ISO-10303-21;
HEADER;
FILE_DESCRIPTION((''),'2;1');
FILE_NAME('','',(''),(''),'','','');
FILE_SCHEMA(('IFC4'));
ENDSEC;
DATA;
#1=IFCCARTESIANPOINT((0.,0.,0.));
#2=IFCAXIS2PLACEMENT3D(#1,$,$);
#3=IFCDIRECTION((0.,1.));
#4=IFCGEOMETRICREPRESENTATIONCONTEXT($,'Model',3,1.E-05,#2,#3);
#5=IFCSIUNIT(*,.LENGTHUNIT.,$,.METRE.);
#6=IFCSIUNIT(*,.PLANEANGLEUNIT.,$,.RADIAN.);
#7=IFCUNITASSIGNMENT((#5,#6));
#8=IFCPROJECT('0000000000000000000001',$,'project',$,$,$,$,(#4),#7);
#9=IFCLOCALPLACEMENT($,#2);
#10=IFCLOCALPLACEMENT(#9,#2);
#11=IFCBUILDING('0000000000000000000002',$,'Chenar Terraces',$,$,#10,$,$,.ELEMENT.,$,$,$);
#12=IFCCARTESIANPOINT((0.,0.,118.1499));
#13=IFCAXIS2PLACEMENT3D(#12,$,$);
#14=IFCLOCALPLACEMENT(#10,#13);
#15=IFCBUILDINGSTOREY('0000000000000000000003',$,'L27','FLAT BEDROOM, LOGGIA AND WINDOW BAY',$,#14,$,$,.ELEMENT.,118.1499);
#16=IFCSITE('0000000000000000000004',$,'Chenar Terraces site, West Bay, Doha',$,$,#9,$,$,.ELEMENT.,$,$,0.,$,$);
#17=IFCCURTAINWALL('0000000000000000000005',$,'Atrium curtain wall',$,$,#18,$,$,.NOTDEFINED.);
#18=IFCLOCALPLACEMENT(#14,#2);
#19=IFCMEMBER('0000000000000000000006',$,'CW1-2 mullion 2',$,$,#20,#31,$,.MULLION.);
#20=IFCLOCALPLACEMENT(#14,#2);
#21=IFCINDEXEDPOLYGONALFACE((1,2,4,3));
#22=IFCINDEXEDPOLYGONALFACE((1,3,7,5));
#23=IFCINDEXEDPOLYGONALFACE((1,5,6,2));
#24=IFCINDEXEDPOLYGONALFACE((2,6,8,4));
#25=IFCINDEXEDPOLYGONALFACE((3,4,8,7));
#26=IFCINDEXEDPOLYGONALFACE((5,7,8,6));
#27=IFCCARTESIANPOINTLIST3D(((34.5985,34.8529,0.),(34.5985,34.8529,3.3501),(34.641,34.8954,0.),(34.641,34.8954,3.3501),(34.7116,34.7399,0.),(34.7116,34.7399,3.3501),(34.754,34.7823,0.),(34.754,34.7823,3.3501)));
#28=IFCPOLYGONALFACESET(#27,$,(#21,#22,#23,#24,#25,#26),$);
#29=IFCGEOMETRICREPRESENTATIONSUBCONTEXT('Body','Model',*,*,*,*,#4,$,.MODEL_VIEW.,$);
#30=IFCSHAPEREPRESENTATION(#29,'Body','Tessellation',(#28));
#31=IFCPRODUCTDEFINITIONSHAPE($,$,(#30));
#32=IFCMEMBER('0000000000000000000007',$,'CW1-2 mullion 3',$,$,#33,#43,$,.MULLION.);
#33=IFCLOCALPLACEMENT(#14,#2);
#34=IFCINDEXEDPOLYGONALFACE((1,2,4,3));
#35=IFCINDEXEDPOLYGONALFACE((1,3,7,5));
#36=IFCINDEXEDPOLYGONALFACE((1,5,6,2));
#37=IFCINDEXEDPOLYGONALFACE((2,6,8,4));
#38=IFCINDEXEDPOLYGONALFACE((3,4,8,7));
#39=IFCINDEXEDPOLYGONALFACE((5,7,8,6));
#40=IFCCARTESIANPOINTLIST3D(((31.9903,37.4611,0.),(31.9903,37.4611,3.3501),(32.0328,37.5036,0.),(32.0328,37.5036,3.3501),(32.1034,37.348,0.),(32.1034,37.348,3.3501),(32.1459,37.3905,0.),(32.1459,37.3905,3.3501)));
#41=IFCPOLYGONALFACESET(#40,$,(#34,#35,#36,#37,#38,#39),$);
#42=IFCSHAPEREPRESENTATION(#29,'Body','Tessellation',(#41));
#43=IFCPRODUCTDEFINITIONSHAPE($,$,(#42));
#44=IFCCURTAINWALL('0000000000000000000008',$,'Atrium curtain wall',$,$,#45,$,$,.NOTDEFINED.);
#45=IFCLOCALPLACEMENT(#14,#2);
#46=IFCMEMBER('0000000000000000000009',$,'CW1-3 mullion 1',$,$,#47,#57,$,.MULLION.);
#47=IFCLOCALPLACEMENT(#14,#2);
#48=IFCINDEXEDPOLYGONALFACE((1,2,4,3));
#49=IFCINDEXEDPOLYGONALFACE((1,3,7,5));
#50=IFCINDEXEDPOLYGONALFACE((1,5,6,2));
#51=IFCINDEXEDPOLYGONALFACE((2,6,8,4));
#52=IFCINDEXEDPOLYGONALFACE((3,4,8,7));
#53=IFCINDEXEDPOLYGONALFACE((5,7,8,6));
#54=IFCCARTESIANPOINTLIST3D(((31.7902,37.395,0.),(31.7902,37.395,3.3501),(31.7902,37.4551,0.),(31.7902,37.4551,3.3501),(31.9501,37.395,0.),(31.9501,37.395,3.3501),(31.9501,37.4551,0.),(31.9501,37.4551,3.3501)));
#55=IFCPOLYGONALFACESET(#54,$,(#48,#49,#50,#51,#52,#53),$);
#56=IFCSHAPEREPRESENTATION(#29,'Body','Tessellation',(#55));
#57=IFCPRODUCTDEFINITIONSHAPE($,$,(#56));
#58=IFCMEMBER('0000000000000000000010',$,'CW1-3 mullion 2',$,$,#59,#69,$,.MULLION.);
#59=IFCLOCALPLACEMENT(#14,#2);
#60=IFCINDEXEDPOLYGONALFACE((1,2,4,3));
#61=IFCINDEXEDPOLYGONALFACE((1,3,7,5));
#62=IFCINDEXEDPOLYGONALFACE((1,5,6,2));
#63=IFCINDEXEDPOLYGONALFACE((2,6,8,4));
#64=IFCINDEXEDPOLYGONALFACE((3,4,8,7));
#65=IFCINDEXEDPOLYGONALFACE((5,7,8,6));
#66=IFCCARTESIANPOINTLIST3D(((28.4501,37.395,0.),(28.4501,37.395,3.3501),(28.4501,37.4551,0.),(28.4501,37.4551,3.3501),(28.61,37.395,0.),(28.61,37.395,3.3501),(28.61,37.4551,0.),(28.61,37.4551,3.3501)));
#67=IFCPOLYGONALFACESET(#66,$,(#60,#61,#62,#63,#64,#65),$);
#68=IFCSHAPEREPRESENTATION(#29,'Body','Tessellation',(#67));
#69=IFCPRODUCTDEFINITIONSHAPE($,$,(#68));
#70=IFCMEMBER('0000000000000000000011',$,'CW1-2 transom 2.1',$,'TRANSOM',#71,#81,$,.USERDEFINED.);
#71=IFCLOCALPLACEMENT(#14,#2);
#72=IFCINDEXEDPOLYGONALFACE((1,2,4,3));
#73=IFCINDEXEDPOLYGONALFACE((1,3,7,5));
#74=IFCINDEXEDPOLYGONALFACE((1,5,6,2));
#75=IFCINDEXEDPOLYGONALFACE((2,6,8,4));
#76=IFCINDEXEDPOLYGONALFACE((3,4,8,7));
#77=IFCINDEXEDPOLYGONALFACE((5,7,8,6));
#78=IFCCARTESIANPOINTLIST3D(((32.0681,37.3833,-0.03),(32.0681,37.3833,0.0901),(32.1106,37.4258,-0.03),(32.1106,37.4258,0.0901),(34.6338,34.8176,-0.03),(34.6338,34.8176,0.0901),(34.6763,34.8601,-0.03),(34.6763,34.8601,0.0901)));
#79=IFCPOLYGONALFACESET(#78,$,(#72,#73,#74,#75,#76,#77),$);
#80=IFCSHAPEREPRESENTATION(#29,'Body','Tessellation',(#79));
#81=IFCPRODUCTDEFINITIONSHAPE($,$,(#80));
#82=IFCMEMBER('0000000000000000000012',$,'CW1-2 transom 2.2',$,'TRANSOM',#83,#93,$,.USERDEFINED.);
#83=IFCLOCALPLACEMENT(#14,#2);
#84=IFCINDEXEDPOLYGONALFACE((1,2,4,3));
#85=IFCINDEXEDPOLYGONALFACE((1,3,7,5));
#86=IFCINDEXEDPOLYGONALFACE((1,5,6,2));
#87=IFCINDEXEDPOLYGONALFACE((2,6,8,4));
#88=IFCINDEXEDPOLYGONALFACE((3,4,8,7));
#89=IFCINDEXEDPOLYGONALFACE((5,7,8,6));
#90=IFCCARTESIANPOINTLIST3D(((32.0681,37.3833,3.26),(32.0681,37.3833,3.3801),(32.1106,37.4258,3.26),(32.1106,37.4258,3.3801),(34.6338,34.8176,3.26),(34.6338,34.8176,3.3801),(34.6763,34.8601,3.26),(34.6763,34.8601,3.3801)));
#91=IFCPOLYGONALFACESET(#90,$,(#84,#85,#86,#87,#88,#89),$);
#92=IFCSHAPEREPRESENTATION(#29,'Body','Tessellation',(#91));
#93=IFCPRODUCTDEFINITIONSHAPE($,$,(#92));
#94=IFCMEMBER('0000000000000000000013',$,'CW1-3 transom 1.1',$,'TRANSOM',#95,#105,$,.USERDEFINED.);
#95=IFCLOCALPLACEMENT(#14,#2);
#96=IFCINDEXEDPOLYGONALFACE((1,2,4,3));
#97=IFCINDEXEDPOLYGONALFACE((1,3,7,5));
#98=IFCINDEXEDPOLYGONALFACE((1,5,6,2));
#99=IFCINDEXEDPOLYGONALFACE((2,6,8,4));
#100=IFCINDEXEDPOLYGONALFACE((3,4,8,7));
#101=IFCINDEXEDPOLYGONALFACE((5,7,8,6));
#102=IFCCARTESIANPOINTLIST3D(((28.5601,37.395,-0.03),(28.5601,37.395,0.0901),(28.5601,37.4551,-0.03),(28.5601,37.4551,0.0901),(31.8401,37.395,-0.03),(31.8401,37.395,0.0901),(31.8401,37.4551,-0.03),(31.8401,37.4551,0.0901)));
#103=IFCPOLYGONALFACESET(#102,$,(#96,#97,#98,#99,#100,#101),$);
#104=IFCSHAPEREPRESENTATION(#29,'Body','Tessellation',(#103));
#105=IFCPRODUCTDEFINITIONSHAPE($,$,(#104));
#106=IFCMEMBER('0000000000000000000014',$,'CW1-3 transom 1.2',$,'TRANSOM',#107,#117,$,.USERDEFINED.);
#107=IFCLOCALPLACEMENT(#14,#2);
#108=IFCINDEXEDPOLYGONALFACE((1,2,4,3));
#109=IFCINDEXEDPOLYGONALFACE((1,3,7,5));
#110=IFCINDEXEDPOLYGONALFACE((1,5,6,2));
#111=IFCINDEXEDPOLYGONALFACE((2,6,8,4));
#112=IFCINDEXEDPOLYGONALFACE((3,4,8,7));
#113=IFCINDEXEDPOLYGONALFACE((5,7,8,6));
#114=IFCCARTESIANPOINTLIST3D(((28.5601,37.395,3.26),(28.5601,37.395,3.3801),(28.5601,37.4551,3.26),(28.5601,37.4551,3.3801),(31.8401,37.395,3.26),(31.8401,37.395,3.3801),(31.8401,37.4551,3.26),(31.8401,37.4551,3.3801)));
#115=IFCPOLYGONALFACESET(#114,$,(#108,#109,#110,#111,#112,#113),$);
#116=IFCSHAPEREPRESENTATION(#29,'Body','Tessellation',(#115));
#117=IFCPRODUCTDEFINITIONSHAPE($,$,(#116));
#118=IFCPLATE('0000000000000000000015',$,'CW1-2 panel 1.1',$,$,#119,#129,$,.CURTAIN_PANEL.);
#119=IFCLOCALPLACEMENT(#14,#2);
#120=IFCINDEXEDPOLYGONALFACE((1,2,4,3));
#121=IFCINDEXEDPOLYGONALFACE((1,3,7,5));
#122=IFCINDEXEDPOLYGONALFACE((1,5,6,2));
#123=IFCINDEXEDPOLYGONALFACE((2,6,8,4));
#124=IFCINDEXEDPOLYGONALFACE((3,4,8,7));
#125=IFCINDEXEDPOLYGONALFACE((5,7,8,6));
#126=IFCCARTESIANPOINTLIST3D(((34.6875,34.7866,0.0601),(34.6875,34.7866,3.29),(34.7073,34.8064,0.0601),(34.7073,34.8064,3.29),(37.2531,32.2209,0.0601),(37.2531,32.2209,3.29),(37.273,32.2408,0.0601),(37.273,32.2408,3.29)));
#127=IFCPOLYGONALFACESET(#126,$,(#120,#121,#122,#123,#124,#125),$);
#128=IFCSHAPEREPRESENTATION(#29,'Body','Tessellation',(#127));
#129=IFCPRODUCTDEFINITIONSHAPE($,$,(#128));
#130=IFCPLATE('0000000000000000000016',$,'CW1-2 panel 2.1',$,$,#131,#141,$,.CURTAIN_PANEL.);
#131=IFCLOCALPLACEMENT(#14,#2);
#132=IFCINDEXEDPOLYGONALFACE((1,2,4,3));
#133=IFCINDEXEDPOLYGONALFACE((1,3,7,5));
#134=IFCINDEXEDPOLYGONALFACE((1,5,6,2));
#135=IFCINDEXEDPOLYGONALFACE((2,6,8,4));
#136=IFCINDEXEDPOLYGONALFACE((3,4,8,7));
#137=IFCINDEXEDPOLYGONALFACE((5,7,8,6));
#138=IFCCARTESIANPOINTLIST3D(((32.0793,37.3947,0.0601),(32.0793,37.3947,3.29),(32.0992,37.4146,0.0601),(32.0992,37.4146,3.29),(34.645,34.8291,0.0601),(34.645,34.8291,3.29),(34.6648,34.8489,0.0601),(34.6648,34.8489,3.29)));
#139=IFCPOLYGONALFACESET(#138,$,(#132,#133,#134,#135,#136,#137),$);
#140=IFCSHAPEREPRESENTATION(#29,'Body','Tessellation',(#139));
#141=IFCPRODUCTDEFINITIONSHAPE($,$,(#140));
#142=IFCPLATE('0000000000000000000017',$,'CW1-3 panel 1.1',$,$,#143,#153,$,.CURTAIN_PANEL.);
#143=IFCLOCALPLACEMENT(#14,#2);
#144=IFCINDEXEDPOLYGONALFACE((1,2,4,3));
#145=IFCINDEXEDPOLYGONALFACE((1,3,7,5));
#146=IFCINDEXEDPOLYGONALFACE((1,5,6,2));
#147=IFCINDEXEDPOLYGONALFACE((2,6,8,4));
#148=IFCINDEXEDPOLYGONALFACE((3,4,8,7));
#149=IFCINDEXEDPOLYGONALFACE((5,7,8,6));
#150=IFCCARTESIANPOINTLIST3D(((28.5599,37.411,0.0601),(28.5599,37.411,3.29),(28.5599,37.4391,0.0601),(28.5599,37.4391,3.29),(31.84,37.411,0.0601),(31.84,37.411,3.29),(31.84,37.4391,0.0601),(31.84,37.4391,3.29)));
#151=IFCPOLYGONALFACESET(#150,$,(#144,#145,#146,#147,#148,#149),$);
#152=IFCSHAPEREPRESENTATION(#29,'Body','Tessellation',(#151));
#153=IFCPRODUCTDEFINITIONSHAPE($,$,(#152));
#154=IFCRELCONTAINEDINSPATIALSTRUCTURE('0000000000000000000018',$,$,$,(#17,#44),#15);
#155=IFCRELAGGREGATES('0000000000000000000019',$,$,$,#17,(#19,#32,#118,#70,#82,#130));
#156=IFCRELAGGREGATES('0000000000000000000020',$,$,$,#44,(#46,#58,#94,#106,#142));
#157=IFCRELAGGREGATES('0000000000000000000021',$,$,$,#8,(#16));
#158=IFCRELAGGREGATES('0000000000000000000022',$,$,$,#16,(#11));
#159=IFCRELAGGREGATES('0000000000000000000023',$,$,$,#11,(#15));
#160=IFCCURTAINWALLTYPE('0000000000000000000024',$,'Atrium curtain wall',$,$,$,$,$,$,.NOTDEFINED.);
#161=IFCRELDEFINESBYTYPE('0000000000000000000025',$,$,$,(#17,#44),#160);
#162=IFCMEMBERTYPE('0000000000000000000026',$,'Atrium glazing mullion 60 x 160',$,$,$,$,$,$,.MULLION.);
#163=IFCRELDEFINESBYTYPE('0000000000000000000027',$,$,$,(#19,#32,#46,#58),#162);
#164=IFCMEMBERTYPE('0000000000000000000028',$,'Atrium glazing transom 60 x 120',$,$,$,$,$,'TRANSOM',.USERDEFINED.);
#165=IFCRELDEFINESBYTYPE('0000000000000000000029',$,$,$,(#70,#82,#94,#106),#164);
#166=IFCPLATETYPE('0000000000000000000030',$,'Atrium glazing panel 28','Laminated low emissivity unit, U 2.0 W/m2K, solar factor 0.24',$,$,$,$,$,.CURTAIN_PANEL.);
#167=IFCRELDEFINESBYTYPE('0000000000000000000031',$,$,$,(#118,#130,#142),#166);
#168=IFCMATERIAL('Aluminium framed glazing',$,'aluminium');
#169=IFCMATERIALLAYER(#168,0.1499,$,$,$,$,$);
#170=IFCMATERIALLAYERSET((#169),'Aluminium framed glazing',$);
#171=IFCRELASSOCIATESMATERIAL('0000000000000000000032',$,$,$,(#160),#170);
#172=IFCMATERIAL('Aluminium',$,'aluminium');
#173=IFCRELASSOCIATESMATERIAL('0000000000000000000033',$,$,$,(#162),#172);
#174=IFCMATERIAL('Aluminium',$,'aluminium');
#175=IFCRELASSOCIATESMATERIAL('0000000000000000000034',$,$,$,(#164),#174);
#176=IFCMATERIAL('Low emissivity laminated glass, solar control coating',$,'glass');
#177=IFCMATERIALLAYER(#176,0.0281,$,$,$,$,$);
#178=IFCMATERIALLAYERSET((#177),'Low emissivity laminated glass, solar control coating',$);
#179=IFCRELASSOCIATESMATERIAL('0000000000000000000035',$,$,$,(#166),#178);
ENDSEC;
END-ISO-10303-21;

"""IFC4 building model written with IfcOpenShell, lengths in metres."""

from ifc_helpers import new_model, si_unit, direction, frame, origin, origin_2d, place, context, subcontext, project, spatial, rectangle, extrude, material, layer, layer_set, material_profile, profile_set, type_object, element, aggregate, save


model = new_model("IFC4")

# Units and contexts
model_context = context("Model", 3, precision=1e-05, world=origin(), true_north=direction((0.0, 1.0)))
body_context = subcontext(model_context, "Body", "Model", "MODEL_VIEW")
ifc_project = project(units=[si_unit("LENGTHUNIT", "METRE"), si_unit("PLANEANGLEUNIT", "RADIAN")], contexts=[model_context])

# Site, building, storey
site_placement = place(None, origin())
site = spatial("IfcSite", under=ifc_project, at=site_placement, Name="Chenar Terraces site, West Bay, Doha", CompositionType="ELEMENT", RefElevation=0.0)
building_placement = place(site_placement, origin())
building = spatial("IfcBuilding", under=site, at=building_placement, Name="Chenar Terraces", CompositionType="ELEMENT")
storey_placement = place(building_placement, frame((0.0, 0.0, 118.1499)))
storey = spatial("IfcBuildingStorey", under=building, at=storey_placement, Name="L27", Description="FLAT BEDROOM, LOGGIA AND WINDOW BAY", CompositionType="ELEMENT", Elevation=118.1499)

# Curtain walls, members
ifc_material_1 = material(Name="Aluminium framed glazing", Category="aluminium")
ifc_layer_1 = layer(ifc_material_1, 0.1499)
ifc_layer_set_1 = layer_set([ifc_layer_1], Name="Aluminium framed glazing")
curtain_wall_type = type_object("IfcCurtainWallType", Name="Atrium curtain wall", PredefinedType="NOTDEFINED", material=ifc_layer_set_1)
placement = place(storey_placement, origin())
curtain_wall_1 = element("IfcCurtainWall", 1, at=placement, inside=storey, type_object=curtain_wall_type, Name="Atrium curtain wall", PredefinedType="NOTDEFINED")
ifc_material_2 = material(Name="Aluminium", Category="aluminium")
ifc_material_profile_1 = material_profile(ifc_material_2, rectangle(XDim=0.0601, YDim=0.1599, at=origin_2d()), Name="Atrium glazing mullion 60 x 160")
ifc_profile_set_1 = profile_set([ifc_material_profile_1], Name="Aluminium")
member_type_1 = type_object("IfcMemberType", Name="Atrium glazing mullion 60 x 160", PredefinedType="MULLION", material=ifc_profile_set_1)
member_1_placement = place(storey_placement, frame((34.6763, 34.8176, 0.0), z_axis=(0.0, 0.0, 1.0), x_axis=(-0.707107, -0.707107, 0.0)))
member_1 = element("IfcMember", 2, at=member_1_placement, type_object=member_type_1, Name="CW1-2 mullion 2", PredefinedType="MULLION", context=body_context, shape_type="SweptSolid", body=[
    extrude(rectangle(XDim=0.0601, YDim=0.1599, at=origin_2d()), origin(), (0.0, 0.0, 1.0), 3.3501),
])
member_2_placement = place(storey_placement, frame((32.0681, 37.4258, 0.0), z_axis=(0.0, 0.0, 1.0), x_axis=(-0.707107, -0.707107, 0.0)))
member_2 = element("IfcMember", 3, at=member_2_placement, type_object=member_type_1, Name="CW1-2 mullion 3", PredefinedType="MULLION", context=body_context, shape_type="SweptSolid", body=[
    extrude(rectangle(XDim=0.0601, YDim=0.1599, at=origin_2d()), origin(), (0.0, 0.0, 1.0), 3.3501),
])
curtain_wall_2 = element("IfcCurtainWall", 4, at=placement, inside=storey, type_object=curtain_wall_type, Name="Atrium curtain wall", PredefinedType="NOTDEFINED")
member_3_placement = place(storey_placement, frame((31.8701, 37.425, 0.0), z_axis=(0.0, 0.0, 1.0), x_axis=(0.0, -1.0, 0.0)))
member_3 = element("IfcMember", 5, at=member_3_placement, type_object=member_type_1, Name="CW1-3 mullion 1", PredefinedType="MULLION", context=body_context, shape_type="SweptSolid", body=[
    extrude(rectangle(XDim=0.0601, YDim=0.1599, at=origin_2d()), origin(), (0.0, 0.0, 1.0), 3.3501),
])
member_4_placement = place(storey_placement, frame((28.53, 37.425, 0.0), z_axis=(0.0, 0.0, 1.0), x_axis=(0.0, -1.0, 0.0)))
member_4 = element("IfcMember", 6, at=member_4_placement, type_object=member_type_1, Name="CW1-3 mullion 2", PredefinedType="MULLION", context=body_context, shape_type="SweptSolid", body=[
    extrude(rectangle(XDim=0.0601, YDim=0.1599, at=origin_2d()), origin(), (0.0, 0.0, 1.0), 3.3501),
])

# Members
ifc_material_3 = material(Name="Aluminium", Category="aluminium")
ifc_material_profile_2 = material_profile(ifc_material_3, rectangle(XDim=0.0601, YDim=0.1201, at=origin_2d()), Name="Atrium glazing transom 60 x 120")
ifc_profile_set_2 = profile_set([ifc_material_profile_2], Name="Aluminium")
member_type_2 = type_object("IfcMemberType", Name="Atrium glazing transom 60 x 120", ElementType="TRANSOM", PredefinedType="USERDEFINED", material=ifc_profile_set_2)
member_5_placement = place(storey_placement, frame((34.655, 34.8389, 0.03), z_axis=(-0.707107, 0.707107, 0.0), x_axis=(-0.707107, -0.707107, 0.0)))
member_5 = element("IfcMember", 7, at=member_5_placement, type_object=member_type_2, Name="CW1-2 transom 2.1", ObjectType="TRANSOM", PredefinedType="USERDEFINED", context=body_context, shape_type="SweptSolid", body=[
    extrude(rectangle(XDim=0.0601, YDim=0.1201, at=origin_2d()), origin(), (0.0, 0.0, 1.0), 3.6284),
])
member_6_placement = place(storey_placement, frame((34.655, 34.8389, 3.3201), z_axis=(-0.707107, 0.707107, 0.0), x_axis=(-0.707107, -0.707107, 0.0)))
member_6 = element("IfcMember", 8, at=member_6_placement, type_object=member_type_2, Name="CW1-2 transom 2.2", ObjectType="TRANSOM", PredefinedType="USERDEFINED", context=body_context, shape_type="SweptSolid", body=[
    extrude(rectangle(XDim=0.0601, YDim=0.1201, at=origin_2d()), origin(), (0.0, 0.0, 1.0), 3.6284),
])
member_7_placement = place(storey_placement, frame((31.8401, 37.425, 0.03), z_axis=(-1.0, 0.0, 0.0), x_axis=(0.0, -1.0, 0.0)))
member_7 = element("IfcMember", 9, at=member_7_placement, type_object=member_type_2, Name="CW1-3 transom 1.1", ObjectType="TRANSOM", PredefinedType="USERDEFINED", context=body_context, shape_type="SweptSolid", body=[
    extrude(rectangle(XDim=0.0601, YDim=0.1201, at=origin_2d()), origin(), (0.0, 0.0, 1.0), 3.28),
])
member_8_placement = place(storey_placement, frame((31.8401, 37.425, 3.3201), z_axis=(-1.0, 0.0, 0.0), x_axis=(0.0, -1.0, 0.0)))
member_8 = element("IfcMember", 10, at=member_8_placement, type_object=member_type_2, Name="CW1-3 transom 1.2", ObjectType="TRANSOM", PredefinedType="USERDEFINED", context=body_context, shape_type="SweptSolid", body=[
    extrude(rectangle(XDim=0.0601, YDim=0.1201, at=origin_2d()), origin(), (0.0, 0.0, 1.0), 3.28),
])

# Plates
ifc_material_4 = material(Name="Low emissivity laminated glass, solar control coating", Category="glass")
ifc_layer_2 = layer(ifc_material_4, 0.0281)
ifc_layer_set_2 = layer_set([ifc_layer_2], Name="Low emissivity laminated glass, solar control coating")
plate_type = type_object("IfcPlateType", Name="Atrium glazing panel 28", Description="Laminated low emissivity unit, U 2.0 W/m2K, solar factor 0.24", PredefinedType="CURTAIN_PANEL", material=ifc_layer_set_2)
plate_1_placement = place(storey_placement, frame((35.9802, 33.5137, 0.0601), z_axis=(0.0, 0.0, 1.0), x_axis=(-0.707107, 0.707107, 0.0)))
plate_1 = element("IfcPlate", 11, at=plate_1_placement, type_object=plate_type, Name="CW1-2 panel 1.1", PredefinedType="CURTAIN_PANEL", context=body_context, shape_type="SweptSolid", body=[
    extrude(rectangle(XDim=3.6284, YDim=0.0281, at=origin_2d()), origin(), (0.0, 0.0, 1.0), 3.23),
])
plate_2_placement = place(storey_placement, frame((33.3721, 36.1218, 0.0601), z_axis=(0.0, 0.0, 1.0), x_axis=(-0.707107, 0.707107, 0.0)))
plate_2 = element("IfcPlate", 12, at=plate_2_placement, type_object=plate_type, Name="CW1-2 panel 2.1", PredefinedType="CURTAIN_PANEL", context=body_context, shape_type="SweptSolid", body=[
    extrude(rectangle(XDim=3.6284, YDim=0.0281, at=origin_2d()), origin(), (0.0, 0.0, 1.0), 3.23),
])
aggregate(curtain_wall_1, [member_1, member_2, plate_1, member_5, member_6, plate_2])
plate_3_placement = place(storey_placement, frame((30.2, 37.425, 0.0601), z_axis=(0.0, 0.0, 1.0), x_axis=(-1.0, 0.0, 0.0)))
plate_3 = element("IfcPlate", 13, at=plate_3_placement, type_object=plate_type, Name="CW1-3 panel 1.1", PredefinedType="CURTAIN_PANEL", context=body_context, shape_type="SweptSolid", body=[
    extrude(rectangle(XDim=3.28, YDim=0.0281, at=origin_2d()), origin(), (0.0, 0.0, 1.0), 3.23),
])
aggregate(curtain_wall_2, [member_3, member_4, member_7, member_8, plate_3])

save(model, "model.ifc")
